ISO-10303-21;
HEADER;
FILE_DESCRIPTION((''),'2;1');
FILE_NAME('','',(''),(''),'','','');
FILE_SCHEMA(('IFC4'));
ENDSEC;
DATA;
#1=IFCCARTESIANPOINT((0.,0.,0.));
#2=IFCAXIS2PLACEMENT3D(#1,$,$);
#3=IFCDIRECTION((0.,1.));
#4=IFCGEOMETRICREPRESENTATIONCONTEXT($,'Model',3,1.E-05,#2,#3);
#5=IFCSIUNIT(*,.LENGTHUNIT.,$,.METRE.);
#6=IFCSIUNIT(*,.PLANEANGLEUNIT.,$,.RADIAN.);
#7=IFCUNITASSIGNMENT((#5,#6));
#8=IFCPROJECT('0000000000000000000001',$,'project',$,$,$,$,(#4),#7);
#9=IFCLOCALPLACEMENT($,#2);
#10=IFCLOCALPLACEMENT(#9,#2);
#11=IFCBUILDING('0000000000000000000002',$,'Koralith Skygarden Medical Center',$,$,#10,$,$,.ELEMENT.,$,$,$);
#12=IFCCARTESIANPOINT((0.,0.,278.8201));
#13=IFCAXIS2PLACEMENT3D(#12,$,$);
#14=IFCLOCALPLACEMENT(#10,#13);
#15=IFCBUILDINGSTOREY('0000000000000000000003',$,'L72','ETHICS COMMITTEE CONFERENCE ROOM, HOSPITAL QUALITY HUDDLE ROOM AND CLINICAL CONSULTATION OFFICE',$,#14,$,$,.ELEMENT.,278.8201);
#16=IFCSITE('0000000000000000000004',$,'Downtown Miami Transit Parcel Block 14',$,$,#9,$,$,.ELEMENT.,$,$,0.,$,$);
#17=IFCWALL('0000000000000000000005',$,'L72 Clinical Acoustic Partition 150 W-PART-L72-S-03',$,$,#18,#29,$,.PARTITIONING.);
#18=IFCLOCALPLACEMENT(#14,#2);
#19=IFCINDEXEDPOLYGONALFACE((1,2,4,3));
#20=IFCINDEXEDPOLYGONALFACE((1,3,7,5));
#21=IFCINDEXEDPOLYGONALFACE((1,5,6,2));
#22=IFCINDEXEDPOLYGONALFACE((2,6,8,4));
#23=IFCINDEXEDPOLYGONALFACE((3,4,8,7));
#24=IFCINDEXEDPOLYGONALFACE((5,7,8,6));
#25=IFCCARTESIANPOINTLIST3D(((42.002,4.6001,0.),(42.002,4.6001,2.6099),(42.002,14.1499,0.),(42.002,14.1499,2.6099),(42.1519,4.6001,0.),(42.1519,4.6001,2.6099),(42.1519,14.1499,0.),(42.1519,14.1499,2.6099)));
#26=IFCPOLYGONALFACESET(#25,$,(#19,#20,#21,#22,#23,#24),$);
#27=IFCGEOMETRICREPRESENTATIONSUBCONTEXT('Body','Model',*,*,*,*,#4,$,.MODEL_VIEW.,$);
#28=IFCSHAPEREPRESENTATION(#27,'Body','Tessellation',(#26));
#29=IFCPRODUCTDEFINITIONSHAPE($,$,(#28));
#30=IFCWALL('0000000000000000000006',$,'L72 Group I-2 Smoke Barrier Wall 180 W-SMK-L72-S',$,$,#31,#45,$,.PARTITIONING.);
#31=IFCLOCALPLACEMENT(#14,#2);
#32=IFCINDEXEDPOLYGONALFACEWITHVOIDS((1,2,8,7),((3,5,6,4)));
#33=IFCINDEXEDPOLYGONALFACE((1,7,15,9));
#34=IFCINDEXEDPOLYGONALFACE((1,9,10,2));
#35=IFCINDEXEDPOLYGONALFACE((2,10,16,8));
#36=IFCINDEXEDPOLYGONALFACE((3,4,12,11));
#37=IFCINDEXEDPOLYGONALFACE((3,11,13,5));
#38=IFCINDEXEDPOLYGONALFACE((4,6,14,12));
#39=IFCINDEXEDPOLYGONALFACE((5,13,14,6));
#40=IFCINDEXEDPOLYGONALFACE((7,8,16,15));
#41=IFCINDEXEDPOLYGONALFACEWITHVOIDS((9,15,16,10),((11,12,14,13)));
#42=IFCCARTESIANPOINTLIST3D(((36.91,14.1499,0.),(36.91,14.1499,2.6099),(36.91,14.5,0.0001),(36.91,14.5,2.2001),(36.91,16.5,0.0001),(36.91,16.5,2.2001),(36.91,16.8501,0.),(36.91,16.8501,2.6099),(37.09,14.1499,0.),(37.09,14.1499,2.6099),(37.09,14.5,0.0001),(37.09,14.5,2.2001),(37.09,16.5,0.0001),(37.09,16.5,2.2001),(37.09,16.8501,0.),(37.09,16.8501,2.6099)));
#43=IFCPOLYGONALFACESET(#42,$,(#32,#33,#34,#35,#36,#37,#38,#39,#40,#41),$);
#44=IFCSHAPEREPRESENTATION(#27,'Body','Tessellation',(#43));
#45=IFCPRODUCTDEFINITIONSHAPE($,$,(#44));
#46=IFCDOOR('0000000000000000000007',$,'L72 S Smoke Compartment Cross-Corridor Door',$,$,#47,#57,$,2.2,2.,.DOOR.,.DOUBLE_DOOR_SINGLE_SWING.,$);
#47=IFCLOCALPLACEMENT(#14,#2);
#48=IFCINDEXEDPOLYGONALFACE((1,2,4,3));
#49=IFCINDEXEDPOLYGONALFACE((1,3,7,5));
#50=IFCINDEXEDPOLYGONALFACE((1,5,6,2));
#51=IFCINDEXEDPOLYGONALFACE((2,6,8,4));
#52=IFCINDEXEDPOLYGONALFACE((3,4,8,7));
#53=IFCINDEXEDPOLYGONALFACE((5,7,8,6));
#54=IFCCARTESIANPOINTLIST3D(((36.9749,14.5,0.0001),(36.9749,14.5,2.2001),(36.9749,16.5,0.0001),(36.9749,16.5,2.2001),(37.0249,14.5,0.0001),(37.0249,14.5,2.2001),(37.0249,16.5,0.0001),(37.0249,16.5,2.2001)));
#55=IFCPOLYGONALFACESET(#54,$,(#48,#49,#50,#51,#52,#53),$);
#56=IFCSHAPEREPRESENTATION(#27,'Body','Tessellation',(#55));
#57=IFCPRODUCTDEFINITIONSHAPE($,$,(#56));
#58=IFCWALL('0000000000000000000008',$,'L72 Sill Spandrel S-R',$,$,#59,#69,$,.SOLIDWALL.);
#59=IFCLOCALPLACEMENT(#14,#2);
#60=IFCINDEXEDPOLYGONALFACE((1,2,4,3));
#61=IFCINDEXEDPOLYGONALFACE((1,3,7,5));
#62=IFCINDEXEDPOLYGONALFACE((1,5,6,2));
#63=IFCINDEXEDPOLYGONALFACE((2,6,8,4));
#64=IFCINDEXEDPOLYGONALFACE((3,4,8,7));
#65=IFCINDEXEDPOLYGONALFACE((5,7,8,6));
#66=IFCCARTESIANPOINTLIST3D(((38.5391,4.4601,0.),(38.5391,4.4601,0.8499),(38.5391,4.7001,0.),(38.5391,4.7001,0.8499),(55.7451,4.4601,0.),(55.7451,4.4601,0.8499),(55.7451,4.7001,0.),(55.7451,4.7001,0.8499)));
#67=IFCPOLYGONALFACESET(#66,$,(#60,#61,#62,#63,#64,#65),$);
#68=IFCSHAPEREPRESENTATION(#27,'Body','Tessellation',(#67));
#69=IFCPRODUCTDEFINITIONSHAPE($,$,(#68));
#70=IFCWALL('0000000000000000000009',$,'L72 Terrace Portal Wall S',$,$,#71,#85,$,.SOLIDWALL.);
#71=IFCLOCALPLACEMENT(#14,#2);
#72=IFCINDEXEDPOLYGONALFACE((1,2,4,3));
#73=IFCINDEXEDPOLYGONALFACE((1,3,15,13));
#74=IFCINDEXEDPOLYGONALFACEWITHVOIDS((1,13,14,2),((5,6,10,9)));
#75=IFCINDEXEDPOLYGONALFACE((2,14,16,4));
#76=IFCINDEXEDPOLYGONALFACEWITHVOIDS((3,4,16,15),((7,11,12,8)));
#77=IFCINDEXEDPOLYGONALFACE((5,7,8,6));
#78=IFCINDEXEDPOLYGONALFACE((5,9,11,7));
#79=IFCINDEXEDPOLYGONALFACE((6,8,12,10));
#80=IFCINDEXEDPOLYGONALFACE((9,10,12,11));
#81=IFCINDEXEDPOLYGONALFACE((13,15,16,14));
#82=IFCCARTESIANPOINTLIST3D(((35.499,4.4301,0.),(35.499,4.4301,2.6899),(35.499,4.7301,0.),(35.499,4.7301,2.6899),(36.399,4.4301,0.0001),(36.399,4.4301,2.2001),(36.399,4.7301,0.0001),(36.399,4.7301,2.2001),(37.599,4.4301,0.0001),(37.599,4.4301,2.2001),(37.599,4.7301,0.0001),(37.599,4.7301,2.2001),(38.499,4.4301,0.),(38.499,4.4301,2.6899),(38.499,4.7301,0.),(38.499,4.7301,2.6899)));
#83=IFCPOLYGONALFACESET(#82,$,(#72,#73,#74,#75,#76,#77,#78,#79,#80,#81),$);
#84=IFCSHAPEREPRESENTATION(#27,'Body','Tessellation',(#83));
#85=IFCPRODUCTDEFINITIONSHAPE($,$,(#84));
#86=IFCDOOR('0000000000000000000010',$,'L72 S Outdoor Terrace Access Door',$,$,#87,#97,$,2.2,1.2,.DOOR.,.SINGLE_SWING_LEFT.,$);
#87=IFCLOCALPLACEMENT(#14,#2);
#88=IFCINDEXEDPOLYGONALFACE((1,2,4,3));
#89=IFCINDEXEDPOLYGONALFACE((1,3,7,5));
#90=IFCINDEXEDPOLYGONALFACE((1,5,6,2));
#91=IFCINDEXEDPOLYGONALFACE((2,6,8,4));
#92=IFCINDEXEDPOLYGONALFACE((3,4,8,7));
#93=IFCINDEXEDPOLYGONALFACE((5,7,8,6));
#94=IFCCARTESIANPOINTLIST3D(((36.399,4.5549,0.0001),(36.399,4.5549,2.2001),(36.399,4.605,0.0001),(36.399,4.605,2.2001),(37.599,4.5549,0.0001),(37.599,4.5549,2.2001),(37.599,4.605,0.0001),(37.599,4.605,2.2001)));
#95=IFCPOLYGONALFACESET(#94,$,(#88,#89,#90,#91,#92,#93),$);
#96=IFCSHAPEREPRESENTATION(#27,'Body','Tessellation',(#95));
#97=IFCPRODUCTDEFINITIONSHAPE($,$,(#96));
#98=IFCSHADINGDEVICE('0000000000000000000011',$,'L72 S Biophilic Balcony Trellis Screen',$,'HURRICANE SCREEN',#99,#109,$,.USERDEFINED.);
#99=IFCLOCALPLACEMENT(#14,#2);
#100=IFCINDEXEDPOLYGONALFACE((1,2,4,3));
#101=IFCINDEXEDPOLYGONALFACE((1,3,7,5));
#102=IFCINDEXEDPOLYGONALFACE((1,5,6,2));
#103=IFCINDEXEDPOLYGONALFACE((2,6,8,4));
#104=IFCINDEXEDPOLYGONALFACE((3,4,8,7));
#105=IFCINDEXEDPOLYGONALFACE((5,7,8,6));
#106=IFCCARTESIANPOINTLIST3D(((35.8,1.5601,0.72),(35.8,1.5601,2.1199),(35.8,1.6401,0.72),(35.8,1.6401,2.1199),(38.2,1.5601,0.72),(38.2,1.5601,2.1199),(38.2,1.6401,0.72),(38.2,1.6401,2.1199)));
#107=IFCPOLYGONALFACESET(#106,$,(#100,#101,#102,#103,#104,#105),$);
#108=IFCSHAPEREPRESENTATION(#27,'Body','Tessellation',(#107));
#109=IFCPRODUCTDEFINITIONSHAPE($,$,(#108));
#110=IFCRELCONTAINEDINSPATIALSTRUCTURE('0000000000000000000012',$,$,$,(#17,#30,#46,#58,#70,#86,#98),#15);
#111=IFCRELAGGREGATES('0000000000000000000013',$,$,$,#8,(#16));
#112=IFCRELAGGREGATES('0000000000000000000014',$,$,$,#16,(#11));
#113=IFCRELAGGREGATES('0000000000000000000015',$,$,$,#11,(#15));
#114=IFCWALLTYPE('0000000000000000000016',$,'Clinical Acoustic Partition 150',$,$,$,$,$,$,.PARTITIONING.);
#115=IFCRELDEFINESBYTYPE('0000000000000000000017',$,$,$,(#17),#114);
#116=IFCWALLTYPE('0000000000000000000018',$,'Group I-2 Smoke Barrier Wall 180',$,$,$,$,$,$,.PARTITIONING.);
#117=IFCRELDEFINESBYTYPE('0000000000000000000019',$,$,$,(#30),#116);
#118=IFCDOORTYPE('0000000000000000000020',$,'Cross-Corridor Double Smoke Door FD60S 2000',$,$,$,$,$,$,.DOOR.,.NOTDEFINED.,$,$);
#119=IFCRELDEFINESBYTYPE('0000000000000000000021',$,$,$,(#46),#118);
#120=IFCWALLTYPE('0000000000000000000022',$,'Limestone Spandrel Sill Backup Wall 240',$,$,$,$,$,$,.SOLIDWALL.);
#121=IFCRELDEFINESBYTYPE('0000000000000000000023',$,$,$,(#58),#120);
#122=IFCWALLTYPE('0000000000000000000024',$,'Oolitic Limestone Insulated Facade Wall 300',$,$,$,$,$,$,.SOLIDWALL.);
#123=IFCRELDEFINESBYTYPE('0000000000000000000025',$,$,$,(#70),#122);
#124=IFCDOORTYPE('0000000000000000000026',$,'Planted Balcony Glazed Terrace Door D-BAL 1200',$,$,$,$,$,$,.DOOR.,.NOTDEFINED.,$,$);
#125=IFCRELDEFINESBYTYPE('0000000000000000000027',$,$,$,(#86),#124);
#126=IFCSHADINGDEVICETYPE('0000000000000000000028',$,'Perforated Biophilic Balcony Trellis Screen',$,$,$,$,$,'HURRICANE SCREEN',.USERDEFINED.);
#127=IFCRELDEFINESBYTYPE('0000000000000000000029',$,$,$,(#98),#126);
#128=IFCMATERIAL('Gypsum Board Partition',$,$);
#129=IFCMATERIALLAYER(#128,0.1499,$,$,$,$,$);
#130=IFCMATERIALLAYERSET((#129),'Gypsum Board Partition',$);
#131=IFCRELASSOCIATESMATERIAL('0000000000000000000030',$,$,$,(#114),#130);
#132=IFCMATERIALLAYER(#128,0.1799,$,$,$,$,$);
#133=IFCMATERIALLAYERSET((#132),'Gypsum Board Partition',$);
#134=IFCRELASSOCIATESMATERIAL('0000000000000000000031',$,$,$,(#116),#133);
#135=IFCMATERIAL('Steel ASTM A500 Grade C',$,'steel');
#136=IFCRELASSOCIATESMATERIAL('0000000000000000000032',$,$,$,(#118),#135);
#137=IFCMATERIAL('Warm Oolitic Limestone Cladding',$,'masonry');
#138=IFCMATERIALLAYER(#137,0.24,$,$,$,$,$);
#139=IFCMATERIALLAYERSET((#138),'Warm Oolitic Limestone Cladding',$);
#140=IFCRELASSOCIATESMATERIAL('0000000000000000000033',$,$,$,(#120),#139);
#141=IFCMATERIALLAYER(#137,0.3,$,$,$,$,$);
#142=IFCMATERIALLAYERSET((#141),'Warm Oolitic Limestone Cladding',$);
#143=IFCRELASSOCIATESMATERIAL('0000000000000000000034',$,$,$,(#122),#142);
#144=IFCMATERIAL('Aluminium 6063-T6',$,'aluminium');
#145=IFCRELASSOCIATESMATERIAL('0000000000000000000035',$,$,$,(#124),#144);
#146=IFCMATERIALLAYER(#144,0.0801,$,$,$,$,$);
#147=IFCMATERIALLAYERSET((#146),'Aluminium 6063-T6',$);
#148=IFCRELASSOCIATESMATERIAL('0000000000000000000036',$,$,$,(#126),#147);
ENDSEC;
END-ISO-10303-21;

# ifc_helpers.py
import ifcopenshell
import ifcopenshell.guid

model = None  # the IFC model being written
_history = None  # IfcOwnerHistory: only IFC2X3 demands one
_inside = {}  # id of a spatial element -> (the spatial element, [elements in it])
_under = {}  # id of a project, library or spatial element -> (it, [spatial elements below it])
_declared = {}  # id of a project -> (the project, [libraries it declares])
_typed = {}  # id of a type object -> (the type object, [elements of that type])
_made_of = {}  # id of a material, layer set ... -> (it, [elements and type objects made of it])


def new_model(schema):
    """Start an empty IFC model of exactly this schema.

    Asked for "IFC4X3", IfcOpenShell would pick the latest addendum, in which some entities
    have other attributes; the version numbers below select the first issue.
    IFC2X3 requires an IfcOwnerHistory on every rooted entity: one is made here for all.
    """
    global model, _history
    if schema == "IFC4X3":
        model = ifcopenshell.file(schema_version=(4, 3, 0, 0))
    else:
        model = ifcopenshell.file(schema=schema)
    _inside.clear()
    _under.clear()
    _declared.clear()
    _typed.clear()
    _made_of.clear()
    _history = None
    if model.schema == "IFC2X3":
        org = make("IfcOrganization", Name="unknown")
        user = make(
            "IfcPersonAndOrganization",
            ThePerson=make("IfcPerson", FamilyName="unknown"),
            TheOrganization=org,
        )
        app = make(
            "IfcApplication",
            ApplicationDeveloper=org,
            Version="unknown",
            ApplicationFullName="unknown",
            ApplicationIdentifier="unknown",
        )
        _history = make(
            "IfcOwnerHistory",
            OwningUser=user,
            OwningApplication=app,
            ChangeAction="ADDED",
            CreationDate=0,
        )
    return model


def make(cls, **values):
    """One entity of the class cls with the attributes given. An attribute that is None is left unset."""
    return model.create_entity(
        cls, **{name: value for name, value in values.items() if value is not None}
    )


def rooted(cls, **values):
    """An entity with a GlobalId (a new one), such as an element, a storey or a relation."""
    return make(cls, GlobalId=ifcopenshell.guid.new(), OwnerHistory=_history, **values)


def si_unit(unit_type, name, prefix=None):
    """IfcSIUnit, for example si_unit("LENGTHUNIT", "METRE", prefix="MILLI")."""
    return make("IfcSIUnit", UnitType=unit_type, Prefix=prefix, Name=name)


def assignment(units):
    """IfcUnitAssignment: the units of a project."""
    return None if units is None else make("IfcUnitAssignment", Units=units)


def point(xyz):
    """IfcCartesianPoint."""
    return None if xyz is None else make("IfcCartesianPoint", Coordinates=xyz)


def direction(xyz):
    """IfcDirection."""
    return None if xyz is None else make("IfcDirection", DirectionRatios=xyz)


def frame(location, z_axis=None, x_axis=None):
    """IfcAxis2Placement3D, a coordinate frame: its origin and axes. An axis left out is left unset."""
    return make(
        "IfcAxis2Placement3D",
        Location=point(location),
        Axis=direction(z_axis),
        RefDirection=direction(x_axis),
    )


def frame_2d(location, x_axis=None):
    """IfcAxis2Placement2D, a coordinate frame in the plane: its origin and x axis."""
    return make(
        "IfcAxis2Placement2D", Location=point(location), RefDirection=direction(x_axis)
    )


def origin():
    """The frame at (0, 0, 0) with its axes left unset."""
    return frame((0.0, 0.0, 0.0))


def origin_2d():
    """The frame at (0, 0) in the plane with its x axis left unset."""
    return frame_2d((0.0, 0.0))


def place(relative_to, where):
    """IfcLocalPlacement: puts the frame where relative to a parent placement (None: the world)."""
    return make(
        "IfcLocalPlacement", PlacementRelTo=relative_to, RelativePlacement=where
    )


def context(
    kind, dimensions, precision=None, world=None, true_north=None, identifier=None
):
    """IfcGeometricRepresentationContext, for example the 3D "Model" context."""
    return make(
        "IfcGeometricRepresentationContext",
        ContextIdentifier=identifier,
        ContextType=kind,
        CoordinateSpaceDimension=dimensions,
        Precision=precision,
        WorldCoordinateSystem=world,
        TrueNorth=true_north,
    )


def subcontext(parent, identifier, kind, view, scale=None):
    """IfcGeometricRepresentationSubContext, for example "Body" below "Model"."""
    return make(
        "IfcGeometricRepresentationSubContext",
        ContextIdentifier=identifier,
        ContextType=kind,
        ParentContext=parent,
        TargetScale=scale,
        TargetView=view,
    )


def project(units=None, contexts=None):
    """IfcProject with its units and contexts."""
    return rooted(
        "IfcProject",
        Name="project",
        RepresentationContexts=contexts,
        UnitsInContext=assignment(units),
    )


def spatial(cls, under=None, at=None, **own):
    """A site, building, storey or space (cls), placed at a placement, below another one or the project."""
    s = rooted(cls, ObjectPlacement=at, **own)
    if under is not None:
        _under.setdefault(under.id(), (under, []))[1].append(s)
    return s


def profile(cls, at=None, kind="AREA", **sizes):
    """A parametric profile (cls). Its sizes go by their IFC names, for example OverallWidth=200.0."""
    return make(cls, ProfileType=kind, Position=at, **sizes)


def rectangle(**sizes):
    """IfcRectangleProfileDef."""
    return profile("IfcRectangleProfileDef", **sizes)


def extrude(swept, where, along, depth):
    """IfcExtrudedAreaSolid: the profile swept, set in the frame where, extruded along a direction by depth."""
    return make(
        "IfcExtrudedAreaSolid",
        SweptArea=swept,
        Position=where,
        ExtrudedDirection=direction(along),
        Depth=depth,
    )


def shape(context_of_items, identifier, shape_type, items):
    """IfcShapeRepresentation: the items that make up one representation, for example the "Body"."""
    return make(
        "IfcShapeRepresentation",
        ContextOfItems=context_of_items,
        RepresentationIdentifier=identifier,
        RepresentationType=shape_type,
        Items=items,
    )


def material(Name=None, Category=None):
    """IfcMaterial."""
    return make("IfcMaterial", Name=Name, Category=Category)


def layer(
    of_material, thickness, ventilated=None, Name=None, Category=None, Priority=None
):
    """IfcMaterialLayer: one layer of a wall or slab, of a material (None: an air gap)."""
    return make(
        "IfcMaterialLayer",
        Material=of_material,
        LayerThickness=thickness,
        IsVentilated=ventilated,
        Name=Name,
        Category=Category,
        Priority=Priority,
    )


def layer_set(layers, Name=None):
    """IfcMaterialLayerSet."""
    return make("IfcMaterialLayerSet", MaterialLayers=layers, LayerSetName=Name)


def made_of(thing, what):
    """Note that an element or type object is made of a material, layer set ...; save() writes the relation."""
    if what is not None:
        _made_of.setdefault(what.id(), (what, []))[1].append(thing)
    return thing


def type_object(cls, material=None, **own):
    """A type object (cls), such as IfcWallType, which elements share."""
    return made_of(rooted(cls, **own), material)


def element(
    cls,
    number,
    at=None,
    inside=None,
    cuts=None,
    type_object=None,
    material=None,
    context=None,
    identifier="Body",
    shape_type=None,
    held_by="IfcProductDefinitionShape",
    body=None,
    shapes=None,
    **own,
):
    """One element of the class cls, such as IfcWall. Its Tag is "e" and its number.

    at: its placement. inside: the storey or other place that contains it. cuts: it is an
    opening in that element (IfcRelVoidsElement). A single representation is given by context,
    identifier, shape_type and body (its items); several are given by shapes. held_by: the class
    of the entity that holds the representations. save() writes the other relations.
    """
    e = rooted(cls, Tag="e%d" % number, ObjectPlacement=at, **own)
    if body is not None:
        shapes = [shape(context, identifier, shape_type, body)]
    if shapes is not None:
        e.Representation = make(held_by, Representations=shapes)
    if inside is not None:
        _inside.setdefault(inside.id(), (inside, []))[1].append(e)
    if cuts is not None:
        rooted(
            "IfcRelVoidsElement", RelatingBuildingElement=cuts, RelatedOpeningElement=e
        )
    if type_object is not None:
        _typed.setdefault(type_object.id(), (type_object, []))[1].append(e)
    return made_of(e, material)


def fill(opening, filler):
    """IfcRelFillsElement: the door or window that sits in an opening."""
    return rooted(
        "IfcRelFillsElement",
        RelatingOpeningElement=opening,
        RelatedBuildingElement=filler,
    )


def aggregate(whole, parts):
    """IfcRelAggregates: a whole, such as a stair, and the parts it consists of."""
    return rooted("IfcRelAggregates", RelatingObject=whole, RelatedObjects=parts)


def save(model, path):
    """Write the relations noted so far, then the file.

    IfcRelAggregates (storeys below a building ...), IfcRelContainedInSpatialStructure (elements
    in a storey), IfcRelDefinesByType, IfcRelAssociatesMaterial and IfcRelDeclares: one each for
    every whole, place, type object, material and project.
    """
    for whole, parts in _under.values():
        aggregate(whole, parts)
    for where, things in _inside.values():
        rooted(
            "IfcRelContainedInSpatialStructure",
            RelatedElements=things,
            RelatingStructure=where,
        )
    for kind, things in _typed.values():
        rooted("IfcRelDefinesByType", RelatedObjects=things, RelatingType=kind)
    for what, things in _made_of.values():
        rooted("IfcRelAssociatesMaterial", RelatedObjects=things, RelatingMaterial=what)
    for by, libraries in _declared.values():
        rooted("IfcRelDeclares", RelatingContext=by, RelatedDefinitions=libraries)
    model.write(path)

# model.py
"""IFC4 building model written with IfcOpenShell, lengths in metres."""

from ifc_helpers import new_model, si_unit, direction, frame, frame_2d, origin, origin_2d, place, context, subcontext, project, spatial, rectangle, extrude, material, layer, layer_set, type_object, element, fill, save


model = new_model("IFC4")

# Units and contexts
model_context = context("Model", 3, precision=1e-05, world=origin(), true_north=direction((0.0, 1.0)))
body_context = subcontext(model_context, "Body", "Model", "MODEL_VIEW")
ifc_project = project(units=[si_unit("LENGTHUNIT", "METRE"), si_unit("PLANEANGLEUNIT", "RADIAN")], contexts=[model_context])

# Site, building, storey
site_placement = place(None, origin())
site = spatial("IfcSite", under=ifc_project, at=site_placement, Name="Downtown Miami Transit Parcel Block 14", CompositionType="ELEMENT", RefElevation=0.0)
building_placement = place(site_placement, origin())
building = spatial("IfcBuilding", under=site, at=building_placement, Name="Koralith Skygarden Medical Center", CompositionType="ELEMENT")
storey_placement = place(building_placement, frame((0.0, 0.0, 278.8201)))
storey = spatial("IfcBuildingStorey", under=building, at=storey_placement, Name="L72", Description="ETHICS COMMITTEE CONFERENCE ROOM, HOSPITAL QUALITY HUDDLE ROOM AND CLINICAL CONSULTATION OFFICE", CompositionType="ELEMENT", Elevation=278.8201)

# Shared definitions
ifc_material_1 = material(Name="Aluminium 6063-T6", Category="aluminium")

# Wall
ifc_material_2 = material(Name="Gypsum Board Partition")
ifc_layer_1 = layer(ifc_material_2, 0.1499)
ifc_layer_set_1 = layer_set([ifc_layer_1], Name="Gypsum Board Partition")
wall_type_1 = type_object("IfcWallType", Name="Clinical Acoustic Partition 150", PredefinedType="PARTITIONING", material=ifc_layer_set_1)
wall_1_placement = place(storey_placement, frame((42.0769, 14.1499, 0.0), z_axis=(0.0, 0.0, 1.0), x_axis=(0.0, -1.0, 0.0)))
element("IfcWall", 1, at=wall_1_placement, inside=storey, type_object=wall_type_1, Name="L72 Clinical Acoustic Partition 150 W-PART-L72-S-03", PredefinedType="PARTITIONING", context=body_context, shape_type="SweptSolid", body=[
    extrude(rectangle(XDim=9.5498, YDim=0.1499, at=frame_2d((4.7749, 0.0))), origin(), (0.0, 0.0, 1.0), 2.6099),
])

# Wall, opening, door
ifc_layer_2 = layer(ifc_material_2, 0.1799)
ifc_layer_set_2 = layer_set([ifc_layer_2], Name="Gypsum Board Partition")
wall_type_2 = type_object("IfcWallType", Name="Group I-2 Smoke Barrier Wall 180", PredefinedType="PARTITIONING", material=ifc_layer_set_2)
wall_2_placement = place(storey_placement, frame((37.0, 14.1499, 0.0), z_axis=(0.0, 0.0, 1.0), x_axis=(0.0, 1.0, 0.0)))
wall_2 = element("IfcWall", 2, at=wall_2_placement, inside=storey, type_object=wall_type_2, Name="L72 Group I-2 Smoke Barrier Wall 180 W-SMK-L72-S", PredefinedType="PARTITIONING", context=body_context, shape_type="SweptSolid", body=[
    extrude(rectangle(XDim=2.7002, YDim=0.1799, at=frame_2d((1.3501, 0.0))), origin(), (0.0, 0.0, 1.0), 2.6099),
])
opening_1_placement = place(wall_2_placement, frame((0.3501, 0.0, 0.0)))
opening_1 = element("IfcOpeningElement", 3, at=opening_1_placement, cuts=wall_2, PredefinedType="OPENING", context=body_context, shape_type="SweptSolid", body=[
    extrude(rectangle(XDim=2.0, YDim=2.2, at=frame_2d((1.0, 1.1001))), frame((0.0, 0.0999, 0.0), z_axis=(0.0, -1.0, 0.0), x_axis=(1.0, 0.0, 0.0)), (0.0, 0.0, 1.0), 0.2),
])
ifc_material_3 = material(Name="Steel ASTM A500 Grade C", Category="steel")
door_type_1 = type_object("IfcDoorType", Name="Cross-Corridor Double Smoke Door FD60S 2000", OperationType="NOTDEFINED", PredefinedType="DOOR", material=ifc_material_3)
door_1_placement = place(opening_1_placement, frame((2.0, 0.0, 0.0), z_axis=(0.0, 0.0, 1.0), x_axis=(-1.0, 0.0, 0.0)))
door_1 = element("IfcDoor", 4, at=door_1_placement, inside=storey, type_object=door_type_1, Name="L72 S Smoke Compartment Cross-Corridor Door", OperationType="DOUBLE_DOOR_SINGLE_SWING", OverallHeight=2.2, OverallWidth=2.0, PredefinedType="DOOR", context=body_context, shape_type="SweptSolid", body=[
    extrude(rectangle(XDim=2.0, YDim=2.2, at=frame_2d((1.0, 1.1001))), frame((0.0, 0.0249, 0.0), z_axis=(0.0, -1.0, 0.0), x_axis=(1.0, 0.0, 0.0)), (0.0, 0.0, 1.0), 0.05),
])
fill(opening_1, door_1)

# Wall
ifc_material_4 = material(Name="Warm Oolitic Limestone Cladding", Category="masonry")
ifc_layer_3 = layer(ifc_material_4, 0.24)
ifc_layer_set_3 = layer_set([ifc_layer_3], Name="Warm Oolitic Limestone Cladding")
wall_type_3 = type_object("IfcWallType", Name="Limestone Spandrel Sill Backup Wall 240", PredefinedType="SOLIDWALL", material=ifc_layer_set_3)
wall_3_placement = place(storey_placement, frame((38.5391, 4.5801, 0.0), z_axis=(0.0, 0.0, 1.0), x_axis=(1.0, 0.0, 0.0)))
element("IfcWall", 5, at=wall_3_placement, inside=storey, type_object=wall_type_3, Name="L72 Sill Spandrel S-R", PredefinedType="SOLIDWALL", context=body_context, shape_type="SweptSolid", body=[
    extrude(rectangle(XDim=17.2061, YDim=0.24, at=frame_2d((8.603, 0.0))), origin(), (0.0, 0.0, 1.0), 0.8499),
])

# Wall, opening, door
ifc_layer_4 = layer(ifc_material_4, 0.3)
ifc_layer_set_4 = layer_set([ifc_layer_4], Name="Warm Oolitic Limestone Cladding")
wall_type_4 = type_object("IfcWallType", Name="Oolitic Limestone Insulated Facade Wall 300", PredefinedType="SOLIDWALL", material=ifc_layer_set_4)
wall_4_placement = place(storey_placement, frame((35.499, 4.5801, 0.0), z_axis=(0.0, 0.0, 1.0), x_axis=(1.0, 0.0, 0.0)))
wall_4 = element("IfcWall", 6, at=wall_4_placement, inside=storey, type_object=wall_type_4, Name="L72 Terrace Portal Wall S", PredefinedType="SOLIDWALL", context=body_context, shape_type="SweptSolid", body=[
    extrude(rectangle(XDim=3.0, YDim=0.3, at=frame_2d((1.5, 0.0))), origin(), (0.0, 0.0, 1.0), 2.6899),
])
opening_2_placement = place(wall_4_placement, frame((0.8999, 0.0, 0.0)))
opening_2 = element("IfcOpeningElement", 7, at=opening_2_placement, cuts=wall_4, PredefinedType="OPENING", context=body_context, shape_type="SweptSolid", body=[
    extrude(rectangle(XDim=1.2, YDim=2.2, at=frame_2d((0.6001, 1.1001))), frame((0.0, 0.1599, 0.0), z_axis=(0.0, -1.0, 0.0), x_axis=(1.0, 0.0, 0.0)), (0.0, 0.0, 1.0), 0.3201),
])
door_type_2 = type_object("IfcDoorType", Name="Planted Balcony Glazed Terrace Door D-BAL 1200", OperationType="NOTDEFINED", PredefinedType="DOOR", material=ifc_material_1)
door_2_placement = place(opening_2_placement, origin())
door_2 = element("IfcDoor", 8, at=door_2_placement, inside=storey, type_object=door_type_2, Name="L72 S Outdoor Terrace Access Door", OperationType="SINGLE_SWING_LEFT", OverallHeight=2.2, OverallWidth=1.2, PredefinedType="DOOR", context=body_context, shape_type="SweptSolid", body=[
    extrude(rectangle(XDim=1.2, YDim=2.2, at=frame_2d((0.6001, 1.1001))), frame((0.0, 0.0249, 0.0), z_axis=(0.0, -1.0, 0.0), x_axis=(1.0, 0.0, 0.0)), (0.0, 0.0, 1.0), 0.05),
])
fill(opening_2, door_2)

# Shading device
ifc_layer_5 = layer(ifc_material_1, 0.0801)
ifc_layer_set_5 = layer_set([ifc_layer_5], Name="Aluminium 6063-T6")
shading_device_type = type_object("IfcShadingDeviceType", Name="Perforated Biophilic Balcony Trellis Screen", ElementType="HURRICANE SCREEN", PredefinedType="USERDEFINED", material=ifc_layer_set_5)
shading_device_placement = place(storey_placement, frame((37.0, 1.6001, 0.72), z_axis=(0.0, 0.0, 1.0), x_axis=(1.0, 0.0, 0.0)))
element("IfcShadingDevice", 9, at=shading_device_placement, inside=storey, type_object=shading_device_type, Name="L72 S Biophilic Balcony Trellis Screen", ObjectType="HURRICANE SCREEN", PredefinedType="USERDEFINED", context=body_context, shape_type="SweptSolid", body=[
    extrude(rectangle(XDim=2.3999, YDim=0.0801, at=origin_2d()), origin(), (0.0, 0.0, 1.0), 1.3999),
])

save(model, "model.ifc")
